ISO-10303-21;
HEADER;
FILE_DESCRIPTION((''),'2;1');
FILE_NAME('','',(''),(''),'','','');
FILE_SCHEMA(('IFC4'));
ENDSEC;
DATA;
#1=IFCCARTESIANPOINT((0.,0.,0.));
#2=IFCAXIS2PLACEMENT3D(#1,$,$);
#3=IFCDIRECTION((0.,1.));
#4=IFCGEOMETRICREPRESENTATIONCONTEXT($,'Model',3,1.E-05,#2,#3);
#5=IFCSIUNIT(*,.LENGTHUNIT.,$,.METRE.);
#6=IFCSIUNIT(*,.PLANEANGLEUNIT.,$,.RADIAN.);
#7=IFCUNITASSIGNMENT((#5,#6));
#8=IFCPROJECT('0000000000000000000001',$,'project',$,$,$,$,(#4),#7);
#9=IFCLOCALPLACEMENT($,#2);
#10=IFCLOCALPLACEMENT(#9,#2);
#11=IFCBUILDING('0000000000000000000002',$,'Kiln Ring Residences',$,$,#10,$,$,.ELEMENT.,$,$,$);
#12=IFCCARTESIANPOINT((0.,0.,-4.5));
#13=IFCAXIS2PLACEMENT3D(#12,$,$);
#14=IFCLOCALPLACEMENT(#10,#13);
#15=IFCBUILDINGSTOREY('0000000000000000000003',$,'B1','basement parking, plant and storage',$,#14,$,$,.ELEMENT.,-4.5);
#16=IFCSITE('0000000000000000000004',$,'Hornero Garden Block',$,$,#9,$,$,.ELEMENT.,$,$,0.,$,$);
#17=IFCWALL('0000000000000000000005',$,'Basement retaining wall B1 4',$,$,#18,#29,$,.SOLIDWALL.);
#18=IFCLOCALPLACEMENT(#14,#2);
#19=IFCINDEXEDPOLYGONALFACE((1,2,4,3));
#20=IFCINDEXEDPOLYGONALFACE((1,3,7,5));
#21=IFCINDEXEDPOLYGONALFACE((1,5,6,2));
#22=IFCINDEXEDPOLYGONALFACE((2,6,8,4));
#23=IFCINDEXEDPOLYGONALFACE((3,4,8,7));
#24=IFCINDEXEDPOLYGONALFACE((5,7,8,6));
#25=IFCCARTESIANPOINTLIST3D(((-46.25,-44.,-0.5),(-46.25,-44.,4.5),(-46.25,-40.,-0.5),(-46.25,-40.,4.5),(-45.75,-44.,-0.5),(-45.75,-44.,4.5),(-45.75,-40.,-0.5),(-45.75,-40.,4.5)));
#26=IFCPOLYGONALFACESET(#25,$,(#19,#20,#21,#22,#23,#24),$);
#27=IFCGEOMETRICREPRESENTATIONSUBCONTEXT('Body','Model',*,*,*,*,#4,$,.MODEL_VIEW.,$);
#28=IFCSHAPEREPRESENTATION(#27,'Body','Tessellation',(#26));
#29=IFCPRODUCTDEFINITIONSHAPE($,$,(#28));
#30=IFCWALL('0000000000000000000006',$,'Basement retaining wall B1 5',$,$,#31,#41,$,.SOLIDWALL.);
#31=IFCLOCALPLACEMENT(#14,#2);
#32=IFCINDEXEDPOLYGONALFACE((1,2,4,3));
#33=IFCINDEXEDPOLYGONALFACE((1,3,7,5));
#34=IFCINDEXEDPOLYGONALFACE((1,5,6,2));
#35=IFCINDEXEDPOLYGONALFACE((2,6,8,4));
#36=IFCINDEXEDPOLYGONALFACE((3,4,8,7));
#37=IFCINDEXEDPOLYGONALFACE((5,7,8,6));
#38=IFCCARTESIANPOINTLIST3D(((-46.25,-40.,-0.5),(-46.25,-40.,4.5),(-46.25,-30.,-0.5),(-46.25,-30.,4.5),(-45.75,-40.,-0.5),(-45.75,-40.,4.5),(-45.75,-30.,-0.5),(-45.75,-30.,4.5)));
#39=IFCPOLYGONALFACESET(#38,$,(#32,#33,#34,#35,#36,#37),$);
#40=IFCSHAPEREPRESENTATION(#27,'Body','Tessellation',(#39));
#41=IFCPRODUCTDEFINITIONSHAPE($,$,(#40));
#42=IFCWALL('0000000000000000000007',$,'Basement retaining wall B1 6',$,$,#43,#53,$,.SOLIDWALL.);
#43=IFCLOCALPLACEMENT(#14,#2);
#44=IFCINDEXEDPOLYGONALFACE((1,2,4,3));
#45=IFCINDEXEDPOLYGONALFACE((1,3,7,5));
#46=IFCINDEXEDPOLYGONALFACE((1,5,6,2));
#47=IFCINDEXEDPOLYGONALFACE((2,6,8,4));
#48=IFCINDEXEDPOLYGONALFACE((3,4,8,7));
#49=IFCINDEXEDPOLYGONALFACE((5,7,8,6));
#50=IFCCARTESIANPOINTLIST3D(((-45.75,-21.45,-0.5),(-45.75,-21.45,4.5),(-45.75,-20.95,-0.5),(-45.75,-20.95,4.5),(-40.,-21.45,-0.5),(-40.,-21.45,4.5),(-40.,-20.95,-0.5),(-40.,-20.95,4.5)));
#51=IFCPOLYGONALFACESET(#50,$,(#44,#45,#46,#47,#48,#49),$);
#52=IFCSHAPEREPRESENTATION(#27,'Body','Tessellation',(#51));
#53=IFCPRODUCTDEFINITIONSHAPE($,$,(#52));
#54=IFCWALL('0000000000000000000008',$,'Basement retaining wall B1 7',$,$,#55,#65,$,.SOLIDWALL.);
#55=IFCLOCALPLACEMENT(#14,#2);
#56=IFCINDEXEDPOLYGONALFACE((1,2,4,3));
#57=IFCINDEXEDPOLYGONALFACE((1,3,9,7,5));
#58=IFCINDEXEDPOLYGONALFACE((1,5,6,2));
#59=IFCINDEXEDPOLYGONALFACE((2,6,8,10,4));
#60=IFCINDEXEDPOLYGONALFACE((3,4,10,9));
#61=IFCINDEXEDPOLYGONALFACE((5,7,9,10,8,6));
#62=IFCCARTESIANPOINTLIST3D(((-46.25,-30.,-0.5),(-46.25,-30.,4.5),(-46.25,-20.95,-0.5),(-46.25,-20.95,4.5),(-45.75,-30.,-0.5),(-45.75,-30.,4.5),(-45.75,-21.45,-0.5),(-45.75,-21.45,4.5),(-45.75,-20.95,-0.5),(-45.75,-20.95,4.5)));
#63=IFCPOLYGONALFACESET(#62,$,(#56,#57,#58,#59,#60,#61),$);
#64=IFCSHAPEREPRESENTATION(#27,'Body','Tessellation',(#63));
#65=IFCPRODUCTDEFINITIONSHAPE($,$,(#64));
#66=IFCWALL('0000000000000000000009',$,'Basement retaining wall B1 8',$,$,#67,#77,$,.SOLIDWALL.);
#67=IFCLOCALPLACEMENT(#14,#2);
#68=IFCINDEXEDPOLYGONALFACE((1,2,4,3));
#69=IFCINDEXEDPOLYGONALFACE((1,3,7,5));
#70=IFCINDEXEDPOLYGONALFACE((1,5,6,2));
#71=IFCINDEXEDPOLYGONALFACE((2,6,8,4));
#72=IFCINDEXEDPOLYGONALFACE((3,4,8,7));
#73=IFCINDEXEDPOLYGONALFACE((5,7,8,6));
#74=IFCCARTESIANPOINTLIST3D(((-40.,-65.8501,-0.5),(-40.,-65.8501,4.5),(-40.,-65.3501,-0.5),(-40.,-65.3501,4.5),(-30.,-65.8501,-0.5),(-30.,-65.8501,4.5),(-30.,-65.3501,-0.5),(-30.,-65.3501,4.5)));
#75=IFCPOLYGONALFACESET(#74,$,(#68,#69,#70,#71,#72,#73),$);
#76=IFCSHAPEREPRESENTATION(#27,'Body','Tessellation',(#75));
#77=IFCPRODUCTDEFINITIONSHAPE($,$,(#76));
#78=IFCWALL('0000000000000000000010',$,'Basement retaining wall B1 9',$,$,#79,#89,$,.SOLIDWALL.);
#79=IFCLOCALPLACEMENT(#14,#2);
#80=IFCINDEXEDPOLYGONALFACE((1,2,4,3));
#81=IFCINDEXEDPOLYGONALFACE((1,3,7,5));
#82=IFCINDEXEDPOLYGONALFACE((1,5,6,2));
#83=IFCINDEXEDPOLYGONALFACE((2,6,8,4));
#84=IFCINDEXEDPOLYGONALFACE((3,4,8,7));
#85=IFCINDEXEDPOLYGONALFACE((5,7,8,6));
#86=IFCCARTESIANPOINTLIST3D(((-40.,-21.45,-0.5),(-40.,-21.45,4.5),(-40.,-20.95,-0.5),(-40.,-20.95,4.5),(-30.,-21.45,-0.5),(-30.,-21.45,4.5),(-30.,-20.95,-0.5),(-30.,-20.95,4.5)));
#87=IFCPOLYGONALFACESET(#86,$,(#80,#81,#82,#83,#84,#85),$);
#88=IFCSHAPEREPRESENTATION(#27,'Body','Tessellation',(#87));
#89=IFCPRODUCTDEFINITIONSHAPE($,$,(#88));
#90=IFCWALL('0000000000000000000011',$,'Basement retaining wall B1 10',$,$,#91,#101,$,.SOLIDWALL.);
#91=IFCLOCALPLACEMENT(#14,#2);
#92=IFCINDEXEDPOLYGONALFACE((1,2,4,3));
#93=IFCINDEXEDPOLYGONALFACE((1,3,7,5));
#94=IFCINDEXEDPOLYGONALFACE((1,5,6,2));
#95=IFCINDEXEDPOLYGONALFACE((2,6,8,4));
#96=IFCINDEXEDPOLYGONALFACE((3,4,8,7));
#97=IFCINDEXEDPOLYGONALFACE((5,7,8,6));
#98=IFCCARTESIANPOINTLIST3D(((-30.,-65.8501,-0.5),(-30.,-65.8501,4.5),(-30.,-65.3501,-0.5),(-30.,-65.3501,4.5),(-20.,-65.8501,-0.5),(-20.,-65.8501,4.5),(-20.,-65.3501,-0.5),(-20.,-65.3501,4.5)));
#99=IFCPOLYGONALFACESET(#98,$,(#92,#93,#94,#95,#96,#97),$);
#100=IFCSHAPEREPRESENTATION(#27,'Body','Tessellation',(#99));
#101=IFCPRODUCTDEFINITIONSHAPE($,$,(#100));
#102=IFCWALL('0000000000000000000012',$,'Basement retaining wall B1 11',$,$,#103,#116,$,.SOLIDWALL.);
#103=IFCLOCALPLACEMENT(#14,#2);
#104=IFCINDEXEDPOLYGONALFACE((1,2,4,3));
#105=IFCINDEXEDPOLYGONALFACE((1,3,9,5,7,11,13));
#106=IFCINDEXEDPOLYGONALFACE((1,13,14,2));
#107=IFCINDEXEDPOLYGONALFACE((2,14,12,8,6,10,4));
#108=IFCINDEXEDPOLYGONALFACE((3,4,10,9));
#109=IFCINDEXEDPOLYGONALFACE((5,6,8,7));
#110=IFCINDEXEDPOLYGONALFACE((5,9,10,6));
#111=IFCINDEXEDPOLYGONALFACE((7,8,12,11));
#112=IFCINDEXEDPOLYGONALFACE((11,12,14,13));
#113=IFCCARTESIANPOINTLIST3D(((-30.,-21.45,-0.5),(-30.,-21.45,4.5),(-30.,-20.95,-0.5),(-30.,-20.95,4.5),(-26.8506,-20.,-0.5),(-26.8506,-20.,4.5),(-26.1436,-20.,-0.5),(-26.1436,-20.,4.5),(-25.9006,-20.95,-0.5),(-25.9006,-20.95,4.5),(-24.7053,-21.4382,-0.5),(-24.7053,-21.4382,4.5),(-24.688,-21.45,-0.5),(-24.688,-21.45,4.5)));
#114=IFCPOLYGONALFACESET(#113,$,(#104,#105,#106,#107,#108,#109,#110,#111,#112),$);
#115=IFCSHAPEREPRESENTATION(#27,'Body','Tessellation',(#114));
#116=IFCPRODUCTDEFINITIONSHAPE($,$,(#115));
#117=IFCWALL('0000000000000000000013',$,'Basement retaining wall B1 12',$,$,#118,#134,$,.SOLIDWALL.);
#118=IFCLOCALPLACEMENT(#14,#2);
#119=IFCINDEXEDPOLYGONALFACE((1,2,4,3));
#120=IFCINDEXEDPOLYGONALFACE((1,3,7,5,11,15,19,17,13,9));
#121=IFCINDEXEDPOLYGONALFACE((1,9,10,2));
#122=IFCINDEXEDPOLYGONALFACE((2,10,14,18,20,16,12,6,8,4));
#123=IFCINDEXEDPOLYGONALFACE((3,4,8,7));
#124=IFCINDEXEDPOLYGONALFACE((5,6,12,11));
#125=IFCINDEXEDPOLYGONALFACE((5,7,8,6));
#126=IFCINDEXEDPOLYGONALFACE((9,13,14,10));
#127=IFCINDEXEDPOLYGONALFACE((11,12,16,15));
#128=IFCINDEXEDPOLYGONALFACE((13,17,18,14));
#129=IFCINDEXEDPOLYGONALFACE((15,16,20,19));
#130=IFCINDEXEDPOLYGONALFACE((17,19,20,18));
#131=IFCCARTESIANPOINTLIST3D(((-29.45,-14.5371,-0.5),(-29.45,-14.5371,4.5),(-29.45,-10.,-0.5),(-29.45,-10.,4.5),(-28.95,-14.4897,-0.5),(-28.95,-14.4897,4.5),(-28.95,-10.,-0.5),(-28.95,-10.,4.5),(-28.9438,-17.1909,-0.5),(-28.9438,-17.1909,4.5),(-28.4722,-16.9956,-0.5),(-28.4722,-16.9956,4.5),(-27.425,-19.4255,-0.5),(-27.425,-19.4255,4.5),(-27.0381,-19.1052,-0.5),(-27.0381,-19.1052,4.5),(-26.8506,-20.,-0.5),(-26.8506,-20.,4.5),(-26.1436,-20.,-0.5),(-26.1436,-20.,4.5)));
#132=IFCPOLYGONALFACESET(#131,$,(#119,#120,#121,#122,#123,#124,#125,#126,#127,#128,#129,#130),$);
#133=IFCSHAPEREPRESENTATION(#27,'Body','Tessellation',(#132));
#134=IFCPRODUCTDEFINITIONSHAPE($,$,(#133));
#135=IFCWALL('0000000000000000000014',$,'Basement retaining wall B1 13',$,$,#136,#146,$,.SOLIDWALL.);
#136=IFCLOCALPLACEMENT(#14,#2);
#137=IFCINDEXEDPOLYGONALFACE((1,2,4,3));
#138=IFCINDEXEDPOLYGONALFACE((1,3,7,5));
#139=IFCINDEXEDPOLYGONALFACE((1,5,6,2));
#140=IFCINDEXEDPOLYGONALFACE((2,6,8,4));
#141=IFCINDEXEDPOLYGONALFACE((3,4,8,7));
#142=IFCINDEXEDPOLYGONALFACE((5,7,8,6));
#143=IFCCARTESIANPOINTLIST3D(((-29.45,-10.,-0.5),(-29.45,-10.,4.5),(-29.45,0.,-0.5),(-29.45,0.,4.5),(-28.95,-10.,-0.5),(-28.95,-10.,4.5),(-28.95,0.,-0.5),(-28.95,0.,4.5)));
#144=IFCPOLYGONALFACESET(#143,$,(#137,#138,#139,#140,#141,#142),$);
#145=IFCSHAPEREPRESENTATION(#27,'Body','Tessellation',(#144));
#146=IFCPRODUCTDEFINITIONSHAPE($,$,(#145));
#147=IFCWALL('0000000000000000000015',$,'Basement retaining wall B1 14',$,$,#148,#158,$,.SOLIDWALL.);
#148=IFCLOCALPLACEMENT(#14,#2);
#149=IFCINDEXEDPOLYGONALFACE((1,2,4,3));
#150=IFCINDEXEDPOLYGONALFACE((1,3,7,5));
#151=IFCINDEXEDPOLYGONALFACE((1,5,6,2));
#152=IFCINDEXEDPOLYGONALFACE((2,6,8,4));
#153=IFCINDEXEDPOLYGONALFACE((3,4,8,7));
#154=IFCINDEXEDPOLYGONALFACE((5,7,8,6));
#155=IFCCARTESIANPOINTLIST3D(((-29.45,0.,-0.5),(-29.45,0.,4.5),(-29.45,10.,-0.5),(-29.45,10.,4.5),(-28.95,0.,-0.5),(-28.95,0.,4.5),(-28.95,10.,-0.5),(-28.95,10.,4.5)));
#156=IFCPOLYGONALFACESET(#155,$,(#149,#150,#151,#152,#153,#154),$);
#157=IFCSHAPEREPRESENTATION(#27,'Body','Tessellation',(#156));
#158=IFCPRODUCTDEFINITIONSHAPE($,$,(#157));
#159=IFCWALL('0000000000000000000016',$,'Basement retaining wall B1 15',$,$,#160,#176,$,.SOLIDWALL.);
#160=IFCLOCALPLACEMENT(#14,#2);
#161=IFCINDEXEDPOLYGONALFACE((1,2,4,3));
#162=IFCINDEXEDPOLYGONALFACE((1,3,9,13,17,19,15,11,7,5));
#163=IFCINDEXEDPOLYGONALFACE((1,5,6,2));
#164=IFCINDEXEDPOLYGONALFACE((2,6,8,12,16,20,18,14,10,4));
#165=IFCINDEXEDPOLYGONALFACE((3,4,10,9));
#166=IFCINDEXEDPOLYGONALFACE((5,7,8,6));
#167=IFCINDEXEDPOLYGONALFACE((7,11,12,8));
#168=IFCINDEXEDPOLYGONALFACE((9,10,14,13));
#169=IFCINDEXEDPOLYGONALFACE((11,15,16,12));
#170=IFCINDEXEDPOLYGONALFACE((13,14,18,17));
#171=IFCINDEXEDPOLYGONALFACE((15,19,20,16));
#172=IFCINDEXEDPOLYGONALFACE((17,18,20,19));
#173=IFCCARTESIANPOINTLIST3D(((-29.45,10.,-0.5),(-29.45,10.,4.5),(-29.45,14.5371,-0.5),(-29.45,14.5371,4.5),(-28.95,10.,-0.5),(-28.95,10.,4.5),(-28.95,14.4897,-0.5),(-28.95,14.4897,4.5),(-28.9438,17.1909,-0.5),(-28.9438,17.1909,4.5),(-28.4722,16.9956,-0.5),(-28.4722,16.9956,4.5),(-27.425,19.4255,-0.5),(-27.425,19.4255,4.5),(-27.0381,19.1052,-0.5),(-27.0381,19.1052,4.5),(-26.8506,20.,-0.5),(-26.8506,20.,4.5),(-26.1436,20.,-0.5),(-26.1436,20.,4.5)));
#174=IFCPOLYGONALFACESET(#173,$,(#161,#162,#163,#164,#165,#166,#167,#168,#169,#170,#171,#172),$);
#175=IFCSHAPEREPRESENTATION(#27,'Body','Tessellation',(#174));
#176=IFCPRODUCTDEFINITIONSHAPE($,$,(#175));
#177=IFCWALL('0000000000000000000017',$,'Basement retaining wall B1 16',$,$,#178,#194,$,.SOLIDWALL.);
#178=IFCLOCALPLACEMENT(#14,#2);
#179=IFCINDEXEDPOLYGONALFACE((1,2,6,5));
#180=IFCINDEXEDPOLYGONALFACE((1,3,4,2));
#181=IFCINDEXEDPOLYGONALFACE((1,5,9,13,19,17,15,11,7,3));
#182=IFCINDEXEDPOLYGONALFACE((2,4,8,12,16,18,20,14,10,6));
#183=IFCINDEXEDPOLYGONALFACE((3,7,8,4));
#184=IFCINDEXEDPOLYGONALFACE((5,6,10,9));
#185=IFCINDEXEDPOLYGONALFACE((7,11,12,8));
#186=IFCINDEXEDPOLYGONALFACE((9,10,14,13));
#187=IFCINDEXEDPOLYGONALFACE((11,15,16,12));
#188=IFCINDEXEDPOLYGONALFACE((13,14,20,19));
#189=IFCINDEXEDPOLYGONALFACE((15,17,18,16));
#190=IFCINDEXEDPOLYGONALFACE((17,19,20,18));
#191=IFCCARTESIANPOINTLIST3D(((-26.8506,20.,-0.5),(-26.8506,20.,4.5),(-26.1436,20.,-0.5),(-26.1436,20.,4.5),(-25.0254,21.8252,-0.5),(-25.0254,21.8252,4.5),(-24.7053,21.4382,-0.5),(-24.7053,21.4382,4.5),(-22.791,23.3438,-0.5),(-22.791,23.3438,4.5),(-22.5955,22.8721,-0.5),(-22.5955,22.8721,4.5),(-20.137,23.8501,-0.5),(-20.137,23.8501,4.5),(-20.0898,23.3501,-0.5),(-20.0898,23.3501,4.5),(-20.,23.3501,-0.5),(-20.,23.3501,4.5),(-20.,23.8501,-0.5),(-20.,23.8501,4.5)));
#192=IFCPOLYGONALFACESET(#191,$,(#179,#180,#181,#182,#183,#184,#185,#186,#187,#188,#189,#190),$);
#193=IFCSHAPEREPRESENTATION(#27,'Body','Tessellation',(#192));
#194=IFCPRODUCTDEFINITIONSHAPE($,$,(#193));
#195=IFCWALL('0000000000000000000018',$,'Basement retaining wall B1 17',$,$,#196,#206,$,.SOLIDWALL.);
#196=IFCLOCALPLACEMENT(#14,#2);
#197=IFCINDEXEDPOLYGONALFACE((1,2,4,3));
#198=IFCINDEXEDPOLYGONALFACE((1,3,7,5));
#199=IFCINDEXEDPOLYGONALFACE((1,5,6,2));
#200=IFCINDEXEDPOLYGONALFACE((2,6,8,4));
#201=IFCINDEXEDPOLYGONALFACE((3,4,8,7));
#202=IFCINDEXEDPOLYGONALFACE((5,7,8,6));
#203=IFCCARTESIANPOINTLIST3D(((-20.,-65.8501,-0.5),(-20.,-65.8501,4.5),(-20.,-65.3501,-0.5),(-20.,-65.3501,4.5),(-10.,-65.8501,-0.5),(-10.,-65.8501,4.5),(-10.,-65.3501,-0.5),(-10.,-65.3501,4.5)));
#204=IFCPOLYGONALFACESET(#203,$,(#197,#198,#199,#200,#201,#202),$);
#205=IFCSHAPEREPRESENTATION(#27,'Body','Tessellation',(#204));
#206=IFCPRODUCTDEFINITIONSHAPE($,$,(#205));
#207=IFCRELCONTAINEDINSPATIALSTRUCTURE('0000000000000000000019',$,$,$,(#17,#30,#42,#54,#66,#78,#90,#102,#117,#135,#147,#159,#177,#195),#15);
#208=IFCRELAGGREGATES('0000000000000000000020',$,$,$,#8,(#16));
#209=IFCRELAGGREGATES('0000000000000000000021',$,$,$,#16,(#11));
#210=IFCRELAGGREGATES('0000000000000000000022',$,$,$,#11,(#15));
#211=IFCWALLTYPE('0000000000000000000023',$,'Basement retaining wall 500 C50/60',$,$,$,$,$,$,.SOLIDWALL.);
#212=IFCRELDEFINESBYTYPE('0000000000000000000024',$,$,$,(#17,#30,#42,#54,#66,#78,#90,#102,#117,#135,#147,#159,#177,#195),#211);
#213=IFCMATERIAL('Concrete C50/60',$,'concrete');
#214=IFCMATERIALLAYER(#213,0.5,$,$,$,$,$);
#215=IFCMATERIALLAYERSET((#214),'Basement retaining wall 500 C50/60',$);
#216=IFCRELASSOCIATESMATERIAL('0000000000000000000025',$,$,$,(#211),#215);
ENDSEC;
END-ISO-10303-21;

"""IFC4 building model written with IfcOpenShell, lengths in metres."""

from ifc_helpers import new_model, si_unit, direction, frame, origin, place, context, subcontext, project, spatial, polyline, outline, extrude, material, layer, layer_set, type_object, element, save


model = new_model("IFC4")

# Units and contexts
model_context = context("Model", 3, precision=1e-05, world=origin(), true_north=direction((0.0, 1.0)))
body_context = subcontext(model_context, "Body", "Model", "MODEL_VIEW")
ifc_project = project(units=[si_unit("LENGTHUNIT", "METRE"), si_unit("PLANEANGLEUNIT", "RADIAN")], contexts=[model_context])

# Site, building, storey
site_placement = place(None, origin())
site = spatial("IfcSite", under=ifc_project, at=site_placement, Name="Hornero Garden Block", CompositionType="ELEMENT", RefElevation=0.0)
building_placement = place(site_placement, origin())
building = spatial("IfcBuilding", under=site, at=building_placement, Name="Kiln Ring Residences", CompositionType="ELEMENT")
storey_placement = place(building_placement, frame((0.0, 0.0, -4.5)))
storey = spatial("IfcBuildingStorey", under=building, at=storey_placement, Name="B1", Description="basement parking, plant and storage", CompositionType="ELEMENT", Elevation=-4.5)

# Walls
ifc_material_1 = material(Name="Concrete C50/60", Category="concrete")
ifc_layer_1 = layer(ifc_material_1, 0.5)
ifc_layer_set_1 = layer_set([ifc_layer_1], Name="Basement retaining wall 500 C50/60")
wall_type_1 = type_object("IfcWallType", Name="Basement retaining wall 500 C50/60", PredefinedType="SOLIDWALL", material=ifc_layer_set_1)
placement = place(storey_placement, frame((0.0, 0.0, -0.5)))
element("IfcWall", 1, at=placement, inside=storey, type_object=wall_type_1, Name="Basement retaining wall B1 4", PredefinedType="SOLIDWALL", context=body_context, shape_type="SweptSolid", body=[
    extrude(outline(polyline([(-45.75, -40.0), (-46.25, -40.0), (-46.25, -44.0), (-45.75, -44.0), (-45.75, -40.0)])), origin(), (0.0, 0.0, 1.0), 5.0),
])
element("IfcWall", 2, at=placement, inside=storey, type_object=wall_type_1, Name="Basement retaining wall B1 5", PredefinedType="SOLIDWALL", context=body_context, shape_type="SweptSolid", body=[
    extrude(outline(polyline([(-45.75, -30.0), (-46.25, -30.0), (-46.25, -40.0), (-45.75, -40.0), (-45.75, -30.0)])), origin(), (0.0, 0.0, 1.0), 5.0),
])
element("IfcWall", 3, at=placement, inside=storey, type_object=wall_type_1, Name="Basement retaining wall B1 6", PredefinedType="SOLIDWALL", context=body_context, shape_type="SweptSolid", body=[
    extrude(outline(polyline([(-45.75, -20.95), (-45.75, -21.45), (-40.0, -21.45), (-40.0, -20.95), (-45.75, -20.95)])), origin(), (0.0, 0.0, 1.0), 5.0),
])
element("IfcWall", 4, at=placement, inside=storey, type_object=wall_type_1, Name="Basement retaining wall B1 7", PredefinedType="SOLIDWALL", context=body_context, shape_type="SweptSolid", body=[
    extrude(outline(polyline([(-45.75, -21.45), (-45.75, -20.95), (-46.25, -20.95), (-46.25, -30.0), (-45.75, -30.0), (-45.75, -21.45)])), origin(), (0.0, 0.0, 1.0), 5.0),
])
element("IfcWall", 5, at=placement, inside=storey, type_object=wall_type_1, Name="Basement retaining wall B1 8", PredefinedType="SOLIDWALL", context=body_context, shape_type="SweptSolid", body=[
    extrude(outline(polyline([(-30.0, -65.8501), (-30.0, -65.3501), (-40.0, -65.3501), (-40.0, -65.8501), (-30.0, -65.8501)])), origin(), (0.0, 0.0, 1.0), 5.0),
])
element("IfcWall", 6, at=placement, inside=storey, type_object=wall_type_1, Name="Basement retaining wall B1 9", PredefinedType="SOLIDWALL", context=body_context, shape_type="SweptSolid", body=[
    extrude(outline(polyline([(-30.0, -21.45), (-30.0, -20.95), (-40.0, -20.95), (-40.0, -21.45), (-30.0, -21.45)])), origin(), (0.0, 0.0, 1.0), 5.0),
])
element("IfcWall", 7, at=placement, inside=storey, type_object=wall_type_1, Name="Basement retaining wall B1 10", PredefinedType="SOLIDWALL", context=body_context, shape_type="SweptSolid", body=[
    extrude(outline(polyline([(-20.0, -65.8501), (-20.0, -65.3501), (-30.0, -65.3501), (-30.0, -65.8501), (-20.0, -65.8501)])), origin(), (0.0, 0.0, 1.0), 5.0),
])
element("IfcWall", 8, at=placement, inside=storey, type_object=wall_type_1, Name="Basement retaining wall B1 11", PredefinedType="SOLIDWALL", context=body_context, shape_type="SweptSolid", body=[
    extrude(outline(polyline([(-26.1436, -20.0), (-26.8506, -20.0), (-25.9006, -20.95), (-30.0, -20.95), (-30.0, -21.45), (-24.688, -21.45), (-24.7053, -21.4382), (-26.1436, -20.0)])), origin(), (0.0, 0.0, 1.0), 5.0),
])
element("IfcWall", 9, at=placement, inside=storey, type_object=wall_type_1, Name="Basement retaining wall B1 12", PredefinedType="SOLIDWALL", context=body_context, shape_type="SweptSolid", body=[
    extrude(outline(polyline([(-28.9438, -17.1909), (-27.425, -19.4255), (-26.8506, -20.0), (-26.1436, -20.0), (-27.0381, -19.1052), (-28.4722, -16.9956), (-28.95, -14.4897), (-28.95, -10.0), (-29.45, -10.0), (-29.45, -14.5371), (-28.9438, -17.1909)])), origin(), (0.0, 0.0, 1.0), 5.0),
])
element("IfcWall", 10, at=placement, inside=storey, type_object=wall_type_1, Name="Basement retaining wall B1 13", PredefinedType="SOLIDWALL", context=body_context, shape_type="SweptSolid", body=[
    extrude(outline(polyline([(-29.45, -10.0), (-28.95, -10.0), (-28.95, 0.0), (-29.45, 0.0), (-29.45, -10.0)])), origin(), (0.0, 0.0, 1.0), 5.0),
])
element("IfcWall", 11, at=placement, inside=storey, type_object=wall_type_1, Name="Basement retaining wall B1 14", PredefinedType="SOLIDWALL", context=body_context, shape_type="SweptSolid", body=[
    extrude(outline(polyline([(-29.45, 0.0), (-28.95, 0.0), (-28.95, 10.0), (-29.45, 10.0), (-29.45, 0.0)])), origin(), (0.0, 0.0, 1.0), 5.0),
])
element("IfcWall", 12, at=placement, inside=storey, type_object=wall_type_1, Name="Basement retaining wall B1 15", PredefinedType="SOLIDWALL", context=body_context, shape_type="SweptSolid", body=[
    extrude(outline(polyline([(-29.45, 10.0), (-28.95, 10.0), (-28.95, 14.4897), (-28.4722, 16.9956), (-27.0381, 19.1052), (-26.1436, 20.0), (-26.8506, 20.0), (-27.425, 19.4255), (-28.9438, 17.1909), (-29.45, 14.5371), (-29.45, 10.0)])), origin(), (0.0, 0.0, 1.0), 5.0),
])
element("IfcWall", 13, at=placement, inside=storey, type_object=wall_type_1, Name="Basement retaining wall B1 16", PredefinedType="SOLIDWALL", context=body_context, shape_type="SweptSolid", body=[
    extrude(outline(polyline([(-26.8506, 20.0), (-26.1436, 20.0), (-24.7053, 21.4382), (-22.5955, 22.8721), (-20.0898, 23.3501), (-20.0, 23.3501), (-20.0, 23.8501), (-20.137, 23.8501), (-22.791, 23.3438), (-25.0254, 21.8252), (-26.8506, 20.0)])), origin(), (0.0, 0.0, 1.0), 5.0),
])
element("IfcWall", 14, at=placement, inside=storey, type_object=wall_type_1, Name="Basement retaining wall B1 17", PredefinedType="SOLIDWALL", context=body_context, shape_type="SweptSolid", body=[
    extrude(outline(polyline([(-10.0, -65.8501), (-10.0, -65.3501), (-20.0, -65.3501), (-20.0, -65.8501), (-10.0, -65.8501)])), origin(), (0.0, 0.0, 1.0), 5.0),
])

save(model, "model.ifc")
